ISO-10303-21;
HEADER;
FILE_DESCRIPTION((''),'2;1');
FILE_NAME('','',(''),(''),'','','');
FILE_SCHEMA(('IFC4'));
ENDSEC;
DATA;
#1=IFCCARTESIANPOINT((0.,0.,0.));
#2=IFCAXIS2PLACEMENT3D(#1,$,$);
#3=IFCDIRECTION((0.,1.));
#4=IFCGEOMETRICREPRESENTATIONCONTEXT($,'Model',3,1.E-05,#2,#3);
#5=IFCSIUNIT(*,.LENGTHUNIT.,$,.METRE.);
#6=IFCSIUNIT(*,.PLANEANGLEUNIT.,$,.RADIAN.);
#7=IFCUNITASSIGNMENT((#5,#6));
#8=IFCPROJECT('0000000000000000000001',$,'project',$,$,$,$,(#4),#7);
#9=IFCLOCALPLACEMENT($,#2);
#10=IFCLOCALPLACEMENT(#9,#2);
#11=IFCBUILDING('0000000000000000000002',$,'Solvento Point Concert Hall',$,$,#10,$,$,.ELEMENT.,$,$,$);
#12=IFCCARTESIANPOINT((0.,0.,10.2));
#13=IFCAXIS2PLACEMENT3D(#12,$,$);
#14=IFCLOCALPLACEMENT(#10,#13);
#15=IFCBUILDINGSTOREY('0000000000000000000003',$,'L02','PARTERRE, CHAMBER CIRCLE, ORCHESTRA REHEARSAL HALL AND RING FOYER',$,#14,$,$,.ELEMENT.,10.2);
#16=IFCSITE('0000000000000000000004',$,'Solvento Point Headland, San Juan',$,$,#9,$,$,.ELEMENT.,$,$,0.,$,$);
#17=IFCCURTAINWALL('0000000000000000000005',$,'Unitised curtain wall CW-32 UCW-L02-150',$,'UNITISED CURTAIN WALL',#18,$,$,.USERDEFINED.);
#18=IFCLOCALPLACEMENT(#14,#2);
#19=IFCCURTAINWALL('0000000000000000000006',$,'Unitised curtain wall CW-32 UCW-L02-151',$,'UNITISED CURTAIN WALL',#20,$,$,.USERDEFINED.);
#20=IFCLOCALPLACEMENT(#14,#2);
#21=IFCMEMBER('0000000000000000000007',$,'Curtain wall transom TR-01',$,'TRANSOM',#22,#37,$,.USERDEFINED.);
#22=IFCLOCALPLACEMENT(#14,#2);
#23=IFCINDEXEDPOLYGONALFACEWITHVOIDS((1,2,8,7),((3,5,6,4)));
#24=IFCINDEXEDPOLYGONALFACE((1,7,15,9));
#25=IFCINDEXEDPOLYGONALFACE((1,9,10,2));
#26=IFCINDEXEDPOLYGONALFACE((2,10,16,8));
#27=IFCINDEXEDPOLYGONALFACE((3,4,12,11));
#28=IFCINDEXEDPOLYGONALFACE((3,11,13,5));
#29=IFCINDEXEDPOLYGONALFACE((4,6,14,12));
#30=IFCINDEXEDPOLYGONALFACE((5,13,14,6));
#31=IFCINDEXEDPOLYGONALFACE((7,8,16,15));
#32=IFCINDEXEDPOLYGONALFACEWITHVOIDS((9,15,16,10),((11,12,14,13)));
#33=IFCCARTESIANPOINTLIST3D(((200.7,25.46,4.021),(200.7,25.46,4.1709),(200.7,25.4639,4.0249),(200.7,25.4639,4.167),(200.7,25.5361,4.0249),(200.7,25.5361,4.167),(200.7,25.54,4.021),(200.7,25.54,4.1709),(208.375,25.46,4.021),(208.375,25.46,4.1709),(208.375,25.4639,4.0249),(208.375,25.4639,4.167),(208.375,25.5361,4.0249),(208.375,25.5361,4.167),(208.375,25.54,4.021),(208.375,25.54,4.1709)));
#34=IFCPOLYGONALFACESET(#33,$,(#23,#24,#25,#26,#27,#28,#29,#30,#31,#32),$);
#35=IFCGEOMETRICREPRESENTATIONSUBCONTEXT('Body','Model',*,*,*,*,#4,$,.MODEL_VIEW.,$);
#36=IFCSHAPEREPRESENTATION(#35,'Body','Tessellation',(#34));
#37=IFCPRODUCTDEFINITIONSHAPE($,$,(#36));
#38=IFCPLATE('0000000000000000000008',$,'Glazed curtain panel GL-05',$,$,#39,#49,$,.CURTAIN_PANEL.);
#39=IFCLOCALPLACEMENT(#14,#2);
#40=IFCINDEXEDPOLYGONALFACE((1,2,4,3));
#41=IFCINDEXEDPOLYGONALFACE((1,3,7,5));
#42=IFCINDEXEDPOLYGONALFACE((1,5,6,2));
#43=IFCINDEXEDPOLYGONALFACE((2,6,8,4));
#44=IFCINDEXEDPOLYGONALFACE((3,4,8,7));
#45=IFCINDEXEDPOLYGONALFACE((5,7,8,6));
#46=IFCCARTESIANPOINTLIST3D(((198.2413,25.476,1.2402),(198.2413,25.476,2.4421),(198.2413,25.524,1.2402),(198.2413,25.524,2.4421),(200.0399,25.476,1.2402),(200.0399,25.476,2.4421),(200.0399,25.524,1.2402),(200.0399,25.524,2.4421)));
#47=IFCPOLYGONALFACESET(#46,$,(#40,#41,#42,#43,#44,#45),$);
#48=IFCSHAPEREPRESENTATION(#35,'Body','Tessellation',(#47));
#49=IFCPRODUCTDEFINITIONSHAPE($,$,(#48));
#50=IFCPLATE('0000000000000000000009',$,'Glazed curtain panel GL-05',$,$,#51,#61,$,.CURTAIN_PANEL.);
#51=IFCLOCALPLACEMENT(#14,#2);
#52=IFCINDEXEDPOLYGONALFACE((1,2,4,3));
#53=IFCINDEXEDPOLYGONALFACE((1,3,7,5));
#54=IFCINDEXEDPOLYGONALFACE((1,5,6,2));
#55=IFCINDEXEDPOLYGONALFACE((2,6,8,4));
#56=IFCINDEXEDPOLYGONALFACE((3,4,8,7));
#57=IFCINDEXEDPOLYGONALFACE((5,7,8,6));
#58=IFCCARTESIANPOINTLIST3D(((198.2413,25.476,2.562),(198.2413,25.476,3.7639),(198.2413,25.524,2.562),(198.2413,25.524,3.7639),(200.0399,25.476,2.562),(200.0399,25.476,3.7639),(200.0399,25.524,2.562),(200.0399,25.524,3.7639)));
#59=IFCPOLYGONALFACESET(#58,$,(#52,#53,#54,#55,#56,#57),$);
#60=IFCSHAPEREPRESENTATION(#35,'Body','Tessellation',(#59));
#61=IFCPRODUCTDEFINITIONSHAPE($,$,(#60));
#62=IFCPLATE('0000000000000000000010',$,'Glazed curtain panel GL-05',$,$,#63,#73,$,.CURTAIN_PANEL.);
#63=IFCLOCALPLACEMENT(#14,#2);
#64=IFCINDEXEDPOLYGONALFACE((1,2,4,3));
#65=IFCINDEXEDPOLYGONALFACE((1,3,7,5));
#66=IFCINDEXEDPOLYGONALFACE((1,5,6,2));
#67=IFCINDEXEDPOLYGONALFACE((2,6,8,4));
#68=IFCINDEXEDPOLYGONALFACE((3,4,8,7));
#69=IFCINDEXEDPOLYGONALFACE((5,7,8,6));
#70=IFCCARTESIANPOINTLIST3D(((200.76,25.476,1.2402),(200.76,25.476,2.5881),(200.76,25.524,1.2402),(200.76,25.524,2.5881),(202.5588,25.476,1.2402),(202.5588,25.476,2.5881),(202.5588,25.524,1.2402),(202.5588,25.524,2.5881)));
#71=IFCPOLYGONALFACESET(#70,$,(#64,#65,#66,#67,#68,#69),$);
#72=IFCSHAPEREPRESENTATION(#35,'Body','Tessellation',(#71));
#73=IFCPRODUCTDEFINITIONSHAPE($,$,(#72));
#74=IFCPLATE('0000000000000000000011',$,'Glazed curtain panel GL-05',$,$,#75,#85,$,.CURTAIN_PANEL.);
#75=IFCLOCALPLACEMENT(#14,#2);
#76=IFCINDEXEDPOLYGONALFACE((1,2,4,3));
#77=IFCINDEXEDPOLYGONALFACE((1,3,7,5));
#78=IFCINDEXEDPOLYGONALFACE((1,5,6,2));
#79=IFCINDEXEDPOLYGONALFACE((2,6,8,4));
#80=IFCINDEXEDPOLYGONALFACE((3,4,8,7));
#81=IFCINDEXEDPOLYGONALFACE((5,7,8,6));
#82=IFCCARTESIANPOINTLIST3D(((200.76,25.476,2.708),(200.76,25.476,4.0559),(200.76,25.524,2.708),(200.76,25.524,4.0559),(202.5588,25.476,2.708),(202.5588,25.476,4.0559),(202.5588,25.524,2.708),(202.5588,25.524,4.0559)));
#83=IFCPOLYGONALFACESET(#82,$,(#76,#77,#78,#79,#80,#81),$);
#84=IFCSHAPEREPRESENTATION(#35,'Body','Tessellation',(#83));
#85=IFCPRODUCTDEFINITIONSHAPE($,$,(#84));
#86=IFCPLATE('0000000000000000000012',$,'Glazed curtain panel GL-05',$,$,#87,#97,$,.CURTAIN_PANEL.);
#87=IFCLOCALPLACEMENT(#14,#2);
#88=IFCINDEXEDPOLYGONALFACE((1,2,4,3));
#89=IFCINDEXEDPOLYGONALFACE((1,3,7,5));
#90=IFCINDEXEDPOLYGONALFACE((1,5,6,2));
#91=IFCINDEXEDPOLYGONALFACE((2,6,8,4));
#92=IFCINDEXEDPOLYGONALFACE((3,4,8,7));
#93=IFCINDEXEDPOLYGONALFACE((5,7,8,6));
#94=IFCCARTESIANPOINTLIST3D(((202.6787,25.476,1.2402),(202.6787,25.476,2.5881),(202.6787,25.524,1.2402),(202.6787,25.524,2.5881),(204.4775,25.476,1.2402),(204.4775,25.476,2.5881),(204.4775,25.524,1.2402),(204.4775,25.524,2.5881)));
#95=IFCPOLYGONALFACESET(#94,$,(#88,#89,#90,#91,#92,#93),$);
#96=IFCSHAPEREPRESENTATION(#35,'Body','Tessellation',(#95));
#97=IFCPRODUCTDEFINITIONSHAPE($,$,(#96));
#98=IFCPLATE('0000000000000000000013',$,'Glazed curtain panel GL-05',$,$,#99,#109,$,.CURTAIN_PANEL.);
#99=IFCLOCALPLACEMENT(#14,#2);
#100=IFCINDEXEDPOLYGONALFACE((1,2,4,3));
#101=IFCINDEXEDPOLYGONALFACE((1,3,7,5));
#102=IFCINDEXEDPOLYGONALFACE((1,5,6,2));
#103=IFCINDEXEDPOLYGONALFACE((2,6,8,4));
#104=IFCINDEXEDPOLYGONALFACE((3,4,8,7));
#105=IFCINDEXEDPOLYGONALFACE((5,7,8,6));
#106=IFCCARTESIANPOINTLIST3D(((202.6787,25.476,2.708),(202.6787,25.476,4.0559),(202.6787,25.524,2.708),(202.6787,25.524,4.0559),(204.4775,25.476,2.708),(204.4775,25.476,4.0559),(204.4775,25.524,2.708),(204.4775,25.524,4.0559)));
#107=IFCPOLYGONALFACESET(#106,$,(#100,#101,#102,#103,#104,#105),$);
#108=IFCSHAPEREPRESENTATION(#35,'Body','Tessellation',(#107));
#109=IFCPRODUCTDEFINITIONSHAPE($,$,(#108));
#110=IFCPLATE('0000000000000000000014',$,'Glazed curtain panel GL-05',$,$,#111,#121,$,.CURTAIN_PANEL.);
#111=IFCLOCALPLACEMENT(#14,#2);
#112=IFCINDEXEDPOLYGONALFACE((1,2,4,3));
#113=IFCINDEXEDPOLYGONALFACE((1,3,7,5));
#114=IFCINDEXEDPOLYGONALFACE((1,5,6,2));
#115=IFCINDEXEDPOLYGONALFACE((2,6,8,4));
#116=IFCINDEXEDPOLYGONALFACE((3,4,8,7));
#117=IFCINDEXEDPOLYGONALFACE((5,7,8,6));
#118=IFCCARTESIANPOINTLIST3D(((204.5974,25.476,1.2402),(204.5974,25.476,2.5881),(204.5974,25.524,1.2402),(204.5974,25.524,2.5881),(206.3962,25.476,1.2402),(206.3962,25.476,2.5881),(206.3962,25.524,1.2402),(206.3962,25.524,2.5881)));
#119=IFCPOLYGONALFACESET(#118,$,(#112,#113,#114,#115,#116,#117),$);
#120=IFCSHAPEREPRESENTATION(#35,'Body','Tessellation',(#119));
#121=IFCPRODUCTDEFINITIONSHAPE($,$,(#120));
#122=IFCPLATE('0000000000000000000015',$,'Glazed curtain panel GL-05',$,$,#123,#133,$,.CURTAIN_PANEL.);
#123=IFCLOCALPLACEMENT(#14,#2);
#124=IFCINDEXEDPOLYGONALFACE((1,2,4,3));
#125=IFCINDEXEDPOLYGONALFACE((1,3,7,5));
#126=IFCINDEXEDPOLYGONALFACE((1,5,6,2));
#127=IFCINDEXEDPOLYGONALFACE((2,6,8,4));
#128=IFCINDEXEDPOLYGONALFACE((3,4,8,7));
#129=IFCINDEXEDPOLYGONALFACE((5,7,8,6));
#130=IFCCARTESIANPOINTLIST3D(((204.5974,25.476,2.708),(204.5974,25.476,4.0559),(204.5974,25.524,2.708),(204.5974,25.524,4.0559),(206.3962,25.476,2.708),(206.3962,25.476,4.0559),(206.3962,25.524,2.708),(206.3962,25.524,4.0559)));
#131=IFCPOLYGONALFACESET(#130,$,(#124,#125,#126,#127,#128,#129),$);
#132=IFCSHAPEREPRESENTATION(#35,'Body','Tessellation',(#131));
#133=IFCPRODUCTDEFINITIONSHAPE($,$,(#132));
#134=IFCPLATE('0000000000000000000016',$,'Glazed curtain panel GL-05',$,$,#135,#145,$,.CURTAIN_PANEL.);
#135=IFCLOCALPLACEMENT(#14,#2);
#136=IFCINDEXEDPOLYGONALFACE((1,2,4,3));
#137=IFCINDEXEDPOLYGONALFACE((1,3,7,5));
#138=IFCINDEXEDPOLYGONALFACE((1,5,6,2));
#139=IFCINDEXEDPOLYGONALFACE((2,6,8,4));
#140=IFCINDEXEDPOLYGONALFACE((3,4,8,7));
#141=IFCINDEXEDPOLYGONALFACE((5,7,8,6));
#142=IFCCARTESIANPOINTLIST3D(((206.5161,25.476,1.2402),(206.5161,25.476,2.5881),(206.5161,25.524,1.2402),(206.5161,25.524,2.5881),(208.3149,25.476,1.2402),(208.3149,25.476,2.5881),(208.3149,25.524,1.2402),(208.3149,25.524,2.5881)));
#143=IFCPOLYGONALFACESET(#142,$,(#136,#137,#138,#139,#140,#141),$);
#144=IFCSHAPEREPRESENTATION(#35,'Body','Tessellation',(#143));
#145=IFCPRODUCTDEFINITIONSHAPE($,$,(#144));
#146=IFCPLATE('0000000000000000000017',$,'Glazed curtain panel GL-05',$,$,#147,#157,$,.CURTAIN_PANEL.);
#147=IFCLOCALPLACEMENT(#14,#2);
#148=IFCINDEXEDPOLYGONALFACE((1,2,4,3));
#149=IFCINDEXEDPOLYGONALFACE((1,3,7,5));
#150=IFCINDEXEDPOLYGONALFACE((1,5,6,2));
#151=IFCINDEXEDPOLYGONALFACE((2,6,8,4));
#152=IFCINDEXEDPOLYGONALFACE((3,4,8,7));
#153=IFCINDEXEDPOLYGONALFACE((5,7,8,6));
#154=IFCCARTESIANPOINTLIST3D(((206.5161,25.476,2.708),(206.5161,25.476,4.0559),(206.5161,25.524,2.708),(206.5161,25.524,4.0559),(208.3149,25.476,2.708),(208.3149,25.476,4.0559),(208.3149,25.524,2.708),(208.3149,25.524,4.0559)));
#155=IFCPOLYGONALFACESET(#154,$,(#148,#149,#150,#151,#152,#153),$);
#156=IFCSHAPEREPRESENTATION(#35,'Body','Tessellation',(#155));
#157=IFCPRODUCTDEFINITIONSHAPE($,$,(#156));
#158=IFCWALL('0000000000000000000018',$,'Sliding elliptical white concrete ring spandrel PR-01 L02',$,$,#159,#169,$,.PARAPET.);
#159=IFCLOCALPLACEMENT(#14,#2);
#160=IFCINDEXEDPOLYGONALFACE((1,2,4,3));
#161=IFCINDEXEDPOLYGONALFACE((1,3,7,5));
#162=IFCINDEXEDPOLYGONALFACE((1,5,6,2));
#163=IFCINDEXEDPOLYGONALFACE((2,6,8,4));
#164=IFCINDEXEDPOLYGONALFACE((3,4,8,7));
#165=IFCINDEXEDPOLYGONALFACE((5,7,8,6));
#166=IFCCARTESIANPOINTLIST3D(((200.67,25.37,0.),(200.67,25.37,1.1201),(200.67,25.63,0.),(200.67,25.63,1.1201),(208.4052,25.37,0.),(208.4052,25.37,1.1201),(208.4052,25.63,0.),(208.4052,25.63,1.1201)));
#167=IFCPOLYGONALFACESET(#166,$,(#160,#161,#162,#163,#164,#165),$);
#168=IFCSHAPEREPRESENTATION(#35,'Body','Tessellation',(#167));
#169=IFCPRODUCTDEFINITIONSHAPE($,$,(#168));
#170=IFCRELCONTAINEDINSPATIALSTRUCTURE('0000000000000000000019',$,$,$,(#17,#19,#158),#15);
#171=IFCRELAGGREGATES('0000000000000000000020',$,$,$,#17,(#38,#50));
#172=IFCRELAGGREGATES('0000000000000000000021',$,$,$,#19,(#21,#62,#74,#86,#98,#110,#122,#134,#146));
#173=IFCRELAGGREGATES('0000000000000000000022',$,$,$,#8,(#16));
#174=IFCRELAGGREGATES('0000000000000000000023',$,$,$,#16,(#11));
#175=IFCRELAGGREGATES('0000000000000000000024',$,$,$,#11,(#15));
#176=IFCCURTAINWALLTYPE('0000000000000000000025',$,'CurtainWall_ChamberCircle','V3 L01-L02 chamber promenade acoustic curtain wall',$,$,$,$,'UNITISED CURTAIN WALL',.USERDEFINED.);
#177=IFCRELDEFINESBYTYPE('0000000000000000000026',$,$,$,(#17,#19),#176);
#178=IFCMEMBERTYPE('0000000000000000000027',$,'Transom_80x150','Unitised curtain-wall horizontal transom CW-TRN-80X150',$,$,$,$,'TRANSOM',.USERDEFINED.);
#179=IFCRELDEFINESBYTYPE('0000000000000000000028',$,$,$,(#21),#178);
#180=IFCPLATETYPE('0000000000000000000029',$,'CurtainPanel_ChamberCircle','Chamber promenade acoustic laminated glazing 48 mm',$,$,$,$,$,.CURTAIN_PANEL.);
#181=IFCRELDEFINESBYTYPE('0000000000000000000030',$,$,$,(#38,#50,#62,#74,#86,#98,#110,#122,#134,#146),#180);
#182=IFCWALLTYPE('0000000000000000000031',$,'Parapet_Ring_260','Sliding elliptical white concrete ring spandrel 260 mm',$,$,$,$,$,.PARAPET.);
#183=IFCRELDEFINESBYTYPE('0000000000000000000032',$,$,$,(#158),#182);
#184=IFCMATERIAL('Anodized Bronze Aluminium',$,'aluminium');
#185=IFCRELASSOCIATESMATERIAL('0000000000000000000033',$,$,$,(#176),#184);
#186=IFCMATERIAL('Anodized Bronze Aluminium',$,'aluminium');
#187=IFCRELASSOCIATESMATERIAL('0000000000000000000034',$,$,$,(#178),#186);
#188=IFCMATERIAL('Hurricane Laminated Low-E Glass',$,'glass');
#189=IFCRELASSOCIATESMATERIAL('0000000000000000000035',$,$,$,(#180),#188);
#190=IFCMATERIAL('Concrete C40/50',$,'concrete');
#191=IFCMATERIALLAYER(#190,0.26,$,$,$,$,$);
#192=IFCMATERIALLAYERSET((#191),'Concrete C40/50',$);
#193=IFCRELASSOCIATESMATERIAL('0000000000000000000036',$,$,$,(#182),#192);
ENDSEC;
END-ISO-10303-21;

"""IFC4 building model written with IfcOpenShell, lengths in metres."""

from ifc_helpers import new_model, si_unit, direction, frame, frame_2d, origin, origin_2d, place, context, subcontext, project, spatial, rectangle, hollow_rectangle, extrude, material, layer, layer_set, material_profile, profile_set, type_object, element, aggregate, save


model = new_model("IFC4")

# Units and contexts
model_context = context("Model", 3, precision=1e-05, world=origin(), true_north=direction((0.0, 1.0)))
body_context = subcontext(model_context, "Body", "Model", "MODEL_VIEW")
ifc_project = project(units=[si_unit("LENGTHUNIT", "METRE"), si_unit("PLANEANGLEUNIT", "RADIAN")], contexts=[model_context])

# Site, building, storey
site_placement = place(None, origin())
site = spatial("IfcSite", under=ifc_project, at=site_placement, Name="Solvento Point Headland, San Juan", CompositionType="ELEMENT", RefElevation=0.0)
building_placement = place(site_placement, origin())
building = spatial("IfcBuilding", under=site, at=building_placement, Name="Solvento Point Concert Hall", CompositionType="ELEMENT")
storey_placement = place(building_placement, frame((0.0, 0.0, 10.2)))
storey = spatial("IfcBuildingStorey", under=building, at=storey_placement, Name="L02", Description="PARTERRE, CHAMBER CIRCLE, ORCHESTRA REHEARSAL HALL AND RING FOYER", CompositionType="ELEMENT", Elevation=10.2)

# Curtain wall
ifc_material_1 = material(Name="Anodized Bronze Aluminium", Category="aluminium")
curtain_wall_type = type_object("IfcCurtainWallType", Name="CurtainWall_ChamberCircle", Description="V3 L01-L02 chamber promenade acoustic curtain wall", ElementType="UNITISED CURTAIN WALL", PredefinedType="USERDEFINED", material=ifc_material_1)
curtain_wall_1_placement = place(storey_placement, origin())
curtain_wall_1 = element("IfcCurtainWall", 1, at=curtain_wall_1_placement, inside=storey, type_object=curtain_wall_type, Name="Unitised curtain wall CW-32 UCW-L02-150", ObjectType="UNITISED CURTAIN WALL", PredefinedType="USERDEFINED")

# Curtain wall, member
curtain_wall_2_placement = place(storey_placement, origin())
curtain_wall_2 = element("IfcCurtainWall", 2, at=curtain_wall_2_placement, inside=storey, type_object=curtain_wall_type, Name="Unitised curtain wall CW-32 UCW-L02-151", ObjectType="UNITISED CURTAIN WALL", PredefinedType="USERDEFINED")
ifc_material_2 = material(Name="Anodized Bronze Aluminium", Category="aluminium")
ifc_material_profile_1 = material_profile(ifc_material_2, hollow_rectangle(XDim=0.0801, YDim=0.1499, WallThickness=0.0039, at=origin_2d()), Name="CW-TRN-80X150")
ifc_profile_set_1 = profile_set([ifc_material_profile_1], Name="Anodized Bronze Aluminium")
member_type_1 = type_object("IfcMemberType", Name="Transom_80x150", Description="Unitised curtain-wall horizontal transom CW-TRN-80X150", ElementType="TRANSOM", PredefinedType="USERDEFINED", material=ifc_profile_set_1)
member_1_placement = place(storey_placement, frame((200.7, 25.5, 4.0959), z_axis=(1.0, 0.0, 0.0), x_axis=(0.0, 1.0, 0.0)))
member_1 = element("IfcMember", 3, at=member_1_placement, type_object=member_type_1, Name="Curtain wall transom TR-01", ObjectType="TRANSOM", PredefinedType="USERDEFINED", context=body_context, shape_type="SweptSolid", body=[
    extrude(hollow_rectangle(XDim=0.0801, YDim=0.1499, WallThickness=0.0039, at=origin_2d()), origin(), (0.0, 0.0, 1.0), 7.675),
])

# Plates
ifc_material_3 = material(Name="Hurricane Laminated Low-E Glass", Category="glass")
plate_type = type_object("IfcPlateType", Name="CurtainPanel_ChamberCircle", Description="Chamber promenade acoustic laminated glazing 48 mm", PredefinedType="CURTAIN_PANEL", material=ifc_material_3)
plate_1_placement = place(storey_placement, frame((199.1406, 25.5, 1.2402), z_axis=(0.0, 0.0, 1.0), x_axis=(1.0, 0.0, 0.0)))
plate_1 = element("IfcPlate", 4, at=plate_1_placement, type_object=plate_type, Name="Glazed curtain panel GL-05", PredefinedType="CURTAIN_PANEL", context=body_context, shape_type="SweptSolid", body=[
    extrude(rectangle(XDim=1.7986, YDim=0.0481, at=origin_2d()), origin(), (0.0, 0.0, 1.0), 1.2019),
])
plate_2_placement = place(storey_placement, frame((199.1406, 25.5, 2.562), z_axis=(0.0, 0.0, 1.0), x_axis=(1.0, 0.0, 0.0)))
plate_2 = element("IfcPlate", 5, at=plate_2_placement, type_object=plate_type, Name="Glazed curtain panel GL-05", PredefinedType="CURTAIN_PANEL", context=body_context, shape_type="SweptSolid", body=[
    extrude(rectangle(XDim=1.7986, YDim=0.0481, at=origin_2d()), origin(), (0.0, 0.0, 1.0), 1.2019),
])
aggregate(curtain_wall_1, [plate_1, plate_2])
plate_3_placement = place(storey_placement, frame((201.6594, 25.5, 1.2402), z_axis=(0.0, 0.0, 1.0), x_axis=(1.0, 0.0, 0.0)))
plate_3 = element("IfcPlate", 6, at=plate_3_placement, type_object=plate_type, Name="Glazed curtain panel GL-05", PredefinedType="CURTAIN_PANEL", context=body_context, shape_type="SweptSolid", body=[
    extrude(rectangle(XDim=1.7988, YDim=0.0481, at=origin_2d()), origin(), (0.0, 0.0, 1.0), 1.3479),
])
plate_4_placement = place(storey_placement, frame((201.6594, 25.5, 2.708), z_axis=(0.0, 0.0, 1.0), x_axis=(1.0, 0.0, 0.0)))
plate_4 = element("IfcPlate", 7, at=plate_4_placement, type_object=plate_type, Name="Glazed curtain panel GL-05", PredefinedType="CURTAIN_PANEL", context=body_context, shape_type="SweptSolid", body=[
    extrude(rectangle(XDim=1.7988, YDim=0.0481, at=origin_2d()), origin(), (0.0, 0.0, 1.0), 1.3479),
])
plate_5_placement = place(storey_placement, frame((203.5781, 25.5, 1.2402), z_axis=(0.0, 0.0, 1.0), x_axis=(1.0, 0.0, 0.0)))
plate_5 = element("IfcPlate", 8, at=plate_5_placement, type_object=plate_type, Name="Glazed curtain panel GL-05", PredefinedType="CURTAIN_PANEL", context=body_context, shape_type="SweptSolid", body=[
    extrude(rectangle(XDim=1.7988, YDim=0.0481, at=origin_2d()), origin(), (0.0, 0.0, 1.0), 1.3479),
])
plate_6_placement = place(storey_placement, frame((203.5781, 25.5, 2.708), z_axis=(0.0, 0.0, 1.0), x_axis=(1.0, 0.0, 0.0)))
plate_6 = element("IfcPlate", 9, at=plate_6_placement, type_object=plate_type, Name="Glazed curtain panel GL-05", PredefinedType="CURTAIN_PANEL", context=body_context, shape_type="SweptSolid", body=[
    extrude(rectangle(XDim=1.7988, YDim=0.0481, at=origin_2d()), origin(), (0.0, 0.0, 1.0), 1.3479),
])
plate_7_placement = place(storey_placement, frame((205.4968, 25.5, 1.2402), z_axis=(0.0, 0.0, 1.0), x_axis=(1.0, 0.0, 0.0)))
plate_7 = element("IfcPlate", 10, at=plate_7_placement, type_object=plate_type, Name="Glazed curtain panel GL-05", PredefinedType="CURTAIN_PANEL", context=body_context, shape_type="SweptSolid", body=[
    extrude(rectangle(XDim=1.7988, YDim=0.0481, at=origin_2d()), origin(), (0.0, 0.0, 1.0), 1.3479),
])
plate_8_placement = place(storey_placement, frame((205.4968, 25.5, 2.708), z_axis=(0.0, 0.0, 1.0), x_axis=(1.0, 0.0, 0.0)))
plate_8 = element("IfcPlate", 11, at=plate_8_placement, type_object=plate_type, Name="Glazed curtain panel GL-05", PredefinedType="CURTAIN_PANEL", context=body_context, shape_type="SweptSolid", body=[
    extrude(rectangle(XDim=1.7988, YDim=0.0481, at=origin_2d()), origin(), (0.0, 0.0, 1.0), 1.3479),
])
plate_9_placement = place(storey_placement, frame((207.4155, 25.5, 1.2402), z_axis=(0.0, 0.0, 1.0), x_axis=(1.0, 0.0, 0.0)))
plate_9 = element("IfcPlate", 12, at=plate_9_placement, type_object=plate_type, Name="Glazed curtain panel GL-05", PredefinedType="CURTAIN_PANEL", context=body_context, shape_type="SweptSolid", body=[
    extrude(rectangle(XDim=1.7988, YDim=0.0481, at=origin_2d()), origin(), (0.0, 0.0, 1.0), 1.3479),
])
plate_10_placement = place(storey_placement, frame((207.4155, 25.5, 2.708), z_axis=(0.0, 0.0, 1.0), x_axis=(1.0, 0.0, 0.0)))
plate_10 = element("IfcPlate", 13, at=plate_10_placement, type_object=plate_type, Name="Glazed curtain panel GL-05", PredefinedType="CURTAIN_PANEL", context=body_context, shape_type="SweptSolid", body=[
    extrude(rectangle(XDim=1.7988, YDim=0.0481, at=origin_2d()), origin(), (0.0, 0.0, 1.0), 1.3479),
])
aggregate(curtain_wall_2, [member_1, plate_3, plate_4, plate_5, plate_6, plate_7, plate_8, plate_9, plate_10])

# Wall
ifc_material_4 = material(Name="Concrete C40/50", Category="concrete")
ifc_layer = layer(ifc_material_4, 0.26)
ifc_layer_set = layer_set([ifc_layer], Name="Concrete C40/50")
wall_type = type_object("IfcWallType", Name="Parapet_Ring_260", Description="Sliding elliptical white concrete ring spandrel 260 mm", PredefinedType="PARAPET", material=ifc_layer_set)
wall_placement = place(storey_placement, frame((200.6699, 25.5, 0.0), z_axis=(0.0, 0.0, 1.0), x_axis=(1.0, 0.0, 0.0)))
element("IfcWall", 14, at=wall_placement, inside=storey, type_object=wall_type, Name="Sliding elliptical white concrete ring spandrel PR-01 L02", PredefinedType="PARAPET", context=body_context, shape_type="SweptSolid", body=[
    extrude(rectangle(XDim=7.7351, YDim=0.26, at=frame_2d((3.8677, 0.0))), origin(), (0.0, 0.0, 1.0), 1.1201),
])

save(model, "model.ifc")
